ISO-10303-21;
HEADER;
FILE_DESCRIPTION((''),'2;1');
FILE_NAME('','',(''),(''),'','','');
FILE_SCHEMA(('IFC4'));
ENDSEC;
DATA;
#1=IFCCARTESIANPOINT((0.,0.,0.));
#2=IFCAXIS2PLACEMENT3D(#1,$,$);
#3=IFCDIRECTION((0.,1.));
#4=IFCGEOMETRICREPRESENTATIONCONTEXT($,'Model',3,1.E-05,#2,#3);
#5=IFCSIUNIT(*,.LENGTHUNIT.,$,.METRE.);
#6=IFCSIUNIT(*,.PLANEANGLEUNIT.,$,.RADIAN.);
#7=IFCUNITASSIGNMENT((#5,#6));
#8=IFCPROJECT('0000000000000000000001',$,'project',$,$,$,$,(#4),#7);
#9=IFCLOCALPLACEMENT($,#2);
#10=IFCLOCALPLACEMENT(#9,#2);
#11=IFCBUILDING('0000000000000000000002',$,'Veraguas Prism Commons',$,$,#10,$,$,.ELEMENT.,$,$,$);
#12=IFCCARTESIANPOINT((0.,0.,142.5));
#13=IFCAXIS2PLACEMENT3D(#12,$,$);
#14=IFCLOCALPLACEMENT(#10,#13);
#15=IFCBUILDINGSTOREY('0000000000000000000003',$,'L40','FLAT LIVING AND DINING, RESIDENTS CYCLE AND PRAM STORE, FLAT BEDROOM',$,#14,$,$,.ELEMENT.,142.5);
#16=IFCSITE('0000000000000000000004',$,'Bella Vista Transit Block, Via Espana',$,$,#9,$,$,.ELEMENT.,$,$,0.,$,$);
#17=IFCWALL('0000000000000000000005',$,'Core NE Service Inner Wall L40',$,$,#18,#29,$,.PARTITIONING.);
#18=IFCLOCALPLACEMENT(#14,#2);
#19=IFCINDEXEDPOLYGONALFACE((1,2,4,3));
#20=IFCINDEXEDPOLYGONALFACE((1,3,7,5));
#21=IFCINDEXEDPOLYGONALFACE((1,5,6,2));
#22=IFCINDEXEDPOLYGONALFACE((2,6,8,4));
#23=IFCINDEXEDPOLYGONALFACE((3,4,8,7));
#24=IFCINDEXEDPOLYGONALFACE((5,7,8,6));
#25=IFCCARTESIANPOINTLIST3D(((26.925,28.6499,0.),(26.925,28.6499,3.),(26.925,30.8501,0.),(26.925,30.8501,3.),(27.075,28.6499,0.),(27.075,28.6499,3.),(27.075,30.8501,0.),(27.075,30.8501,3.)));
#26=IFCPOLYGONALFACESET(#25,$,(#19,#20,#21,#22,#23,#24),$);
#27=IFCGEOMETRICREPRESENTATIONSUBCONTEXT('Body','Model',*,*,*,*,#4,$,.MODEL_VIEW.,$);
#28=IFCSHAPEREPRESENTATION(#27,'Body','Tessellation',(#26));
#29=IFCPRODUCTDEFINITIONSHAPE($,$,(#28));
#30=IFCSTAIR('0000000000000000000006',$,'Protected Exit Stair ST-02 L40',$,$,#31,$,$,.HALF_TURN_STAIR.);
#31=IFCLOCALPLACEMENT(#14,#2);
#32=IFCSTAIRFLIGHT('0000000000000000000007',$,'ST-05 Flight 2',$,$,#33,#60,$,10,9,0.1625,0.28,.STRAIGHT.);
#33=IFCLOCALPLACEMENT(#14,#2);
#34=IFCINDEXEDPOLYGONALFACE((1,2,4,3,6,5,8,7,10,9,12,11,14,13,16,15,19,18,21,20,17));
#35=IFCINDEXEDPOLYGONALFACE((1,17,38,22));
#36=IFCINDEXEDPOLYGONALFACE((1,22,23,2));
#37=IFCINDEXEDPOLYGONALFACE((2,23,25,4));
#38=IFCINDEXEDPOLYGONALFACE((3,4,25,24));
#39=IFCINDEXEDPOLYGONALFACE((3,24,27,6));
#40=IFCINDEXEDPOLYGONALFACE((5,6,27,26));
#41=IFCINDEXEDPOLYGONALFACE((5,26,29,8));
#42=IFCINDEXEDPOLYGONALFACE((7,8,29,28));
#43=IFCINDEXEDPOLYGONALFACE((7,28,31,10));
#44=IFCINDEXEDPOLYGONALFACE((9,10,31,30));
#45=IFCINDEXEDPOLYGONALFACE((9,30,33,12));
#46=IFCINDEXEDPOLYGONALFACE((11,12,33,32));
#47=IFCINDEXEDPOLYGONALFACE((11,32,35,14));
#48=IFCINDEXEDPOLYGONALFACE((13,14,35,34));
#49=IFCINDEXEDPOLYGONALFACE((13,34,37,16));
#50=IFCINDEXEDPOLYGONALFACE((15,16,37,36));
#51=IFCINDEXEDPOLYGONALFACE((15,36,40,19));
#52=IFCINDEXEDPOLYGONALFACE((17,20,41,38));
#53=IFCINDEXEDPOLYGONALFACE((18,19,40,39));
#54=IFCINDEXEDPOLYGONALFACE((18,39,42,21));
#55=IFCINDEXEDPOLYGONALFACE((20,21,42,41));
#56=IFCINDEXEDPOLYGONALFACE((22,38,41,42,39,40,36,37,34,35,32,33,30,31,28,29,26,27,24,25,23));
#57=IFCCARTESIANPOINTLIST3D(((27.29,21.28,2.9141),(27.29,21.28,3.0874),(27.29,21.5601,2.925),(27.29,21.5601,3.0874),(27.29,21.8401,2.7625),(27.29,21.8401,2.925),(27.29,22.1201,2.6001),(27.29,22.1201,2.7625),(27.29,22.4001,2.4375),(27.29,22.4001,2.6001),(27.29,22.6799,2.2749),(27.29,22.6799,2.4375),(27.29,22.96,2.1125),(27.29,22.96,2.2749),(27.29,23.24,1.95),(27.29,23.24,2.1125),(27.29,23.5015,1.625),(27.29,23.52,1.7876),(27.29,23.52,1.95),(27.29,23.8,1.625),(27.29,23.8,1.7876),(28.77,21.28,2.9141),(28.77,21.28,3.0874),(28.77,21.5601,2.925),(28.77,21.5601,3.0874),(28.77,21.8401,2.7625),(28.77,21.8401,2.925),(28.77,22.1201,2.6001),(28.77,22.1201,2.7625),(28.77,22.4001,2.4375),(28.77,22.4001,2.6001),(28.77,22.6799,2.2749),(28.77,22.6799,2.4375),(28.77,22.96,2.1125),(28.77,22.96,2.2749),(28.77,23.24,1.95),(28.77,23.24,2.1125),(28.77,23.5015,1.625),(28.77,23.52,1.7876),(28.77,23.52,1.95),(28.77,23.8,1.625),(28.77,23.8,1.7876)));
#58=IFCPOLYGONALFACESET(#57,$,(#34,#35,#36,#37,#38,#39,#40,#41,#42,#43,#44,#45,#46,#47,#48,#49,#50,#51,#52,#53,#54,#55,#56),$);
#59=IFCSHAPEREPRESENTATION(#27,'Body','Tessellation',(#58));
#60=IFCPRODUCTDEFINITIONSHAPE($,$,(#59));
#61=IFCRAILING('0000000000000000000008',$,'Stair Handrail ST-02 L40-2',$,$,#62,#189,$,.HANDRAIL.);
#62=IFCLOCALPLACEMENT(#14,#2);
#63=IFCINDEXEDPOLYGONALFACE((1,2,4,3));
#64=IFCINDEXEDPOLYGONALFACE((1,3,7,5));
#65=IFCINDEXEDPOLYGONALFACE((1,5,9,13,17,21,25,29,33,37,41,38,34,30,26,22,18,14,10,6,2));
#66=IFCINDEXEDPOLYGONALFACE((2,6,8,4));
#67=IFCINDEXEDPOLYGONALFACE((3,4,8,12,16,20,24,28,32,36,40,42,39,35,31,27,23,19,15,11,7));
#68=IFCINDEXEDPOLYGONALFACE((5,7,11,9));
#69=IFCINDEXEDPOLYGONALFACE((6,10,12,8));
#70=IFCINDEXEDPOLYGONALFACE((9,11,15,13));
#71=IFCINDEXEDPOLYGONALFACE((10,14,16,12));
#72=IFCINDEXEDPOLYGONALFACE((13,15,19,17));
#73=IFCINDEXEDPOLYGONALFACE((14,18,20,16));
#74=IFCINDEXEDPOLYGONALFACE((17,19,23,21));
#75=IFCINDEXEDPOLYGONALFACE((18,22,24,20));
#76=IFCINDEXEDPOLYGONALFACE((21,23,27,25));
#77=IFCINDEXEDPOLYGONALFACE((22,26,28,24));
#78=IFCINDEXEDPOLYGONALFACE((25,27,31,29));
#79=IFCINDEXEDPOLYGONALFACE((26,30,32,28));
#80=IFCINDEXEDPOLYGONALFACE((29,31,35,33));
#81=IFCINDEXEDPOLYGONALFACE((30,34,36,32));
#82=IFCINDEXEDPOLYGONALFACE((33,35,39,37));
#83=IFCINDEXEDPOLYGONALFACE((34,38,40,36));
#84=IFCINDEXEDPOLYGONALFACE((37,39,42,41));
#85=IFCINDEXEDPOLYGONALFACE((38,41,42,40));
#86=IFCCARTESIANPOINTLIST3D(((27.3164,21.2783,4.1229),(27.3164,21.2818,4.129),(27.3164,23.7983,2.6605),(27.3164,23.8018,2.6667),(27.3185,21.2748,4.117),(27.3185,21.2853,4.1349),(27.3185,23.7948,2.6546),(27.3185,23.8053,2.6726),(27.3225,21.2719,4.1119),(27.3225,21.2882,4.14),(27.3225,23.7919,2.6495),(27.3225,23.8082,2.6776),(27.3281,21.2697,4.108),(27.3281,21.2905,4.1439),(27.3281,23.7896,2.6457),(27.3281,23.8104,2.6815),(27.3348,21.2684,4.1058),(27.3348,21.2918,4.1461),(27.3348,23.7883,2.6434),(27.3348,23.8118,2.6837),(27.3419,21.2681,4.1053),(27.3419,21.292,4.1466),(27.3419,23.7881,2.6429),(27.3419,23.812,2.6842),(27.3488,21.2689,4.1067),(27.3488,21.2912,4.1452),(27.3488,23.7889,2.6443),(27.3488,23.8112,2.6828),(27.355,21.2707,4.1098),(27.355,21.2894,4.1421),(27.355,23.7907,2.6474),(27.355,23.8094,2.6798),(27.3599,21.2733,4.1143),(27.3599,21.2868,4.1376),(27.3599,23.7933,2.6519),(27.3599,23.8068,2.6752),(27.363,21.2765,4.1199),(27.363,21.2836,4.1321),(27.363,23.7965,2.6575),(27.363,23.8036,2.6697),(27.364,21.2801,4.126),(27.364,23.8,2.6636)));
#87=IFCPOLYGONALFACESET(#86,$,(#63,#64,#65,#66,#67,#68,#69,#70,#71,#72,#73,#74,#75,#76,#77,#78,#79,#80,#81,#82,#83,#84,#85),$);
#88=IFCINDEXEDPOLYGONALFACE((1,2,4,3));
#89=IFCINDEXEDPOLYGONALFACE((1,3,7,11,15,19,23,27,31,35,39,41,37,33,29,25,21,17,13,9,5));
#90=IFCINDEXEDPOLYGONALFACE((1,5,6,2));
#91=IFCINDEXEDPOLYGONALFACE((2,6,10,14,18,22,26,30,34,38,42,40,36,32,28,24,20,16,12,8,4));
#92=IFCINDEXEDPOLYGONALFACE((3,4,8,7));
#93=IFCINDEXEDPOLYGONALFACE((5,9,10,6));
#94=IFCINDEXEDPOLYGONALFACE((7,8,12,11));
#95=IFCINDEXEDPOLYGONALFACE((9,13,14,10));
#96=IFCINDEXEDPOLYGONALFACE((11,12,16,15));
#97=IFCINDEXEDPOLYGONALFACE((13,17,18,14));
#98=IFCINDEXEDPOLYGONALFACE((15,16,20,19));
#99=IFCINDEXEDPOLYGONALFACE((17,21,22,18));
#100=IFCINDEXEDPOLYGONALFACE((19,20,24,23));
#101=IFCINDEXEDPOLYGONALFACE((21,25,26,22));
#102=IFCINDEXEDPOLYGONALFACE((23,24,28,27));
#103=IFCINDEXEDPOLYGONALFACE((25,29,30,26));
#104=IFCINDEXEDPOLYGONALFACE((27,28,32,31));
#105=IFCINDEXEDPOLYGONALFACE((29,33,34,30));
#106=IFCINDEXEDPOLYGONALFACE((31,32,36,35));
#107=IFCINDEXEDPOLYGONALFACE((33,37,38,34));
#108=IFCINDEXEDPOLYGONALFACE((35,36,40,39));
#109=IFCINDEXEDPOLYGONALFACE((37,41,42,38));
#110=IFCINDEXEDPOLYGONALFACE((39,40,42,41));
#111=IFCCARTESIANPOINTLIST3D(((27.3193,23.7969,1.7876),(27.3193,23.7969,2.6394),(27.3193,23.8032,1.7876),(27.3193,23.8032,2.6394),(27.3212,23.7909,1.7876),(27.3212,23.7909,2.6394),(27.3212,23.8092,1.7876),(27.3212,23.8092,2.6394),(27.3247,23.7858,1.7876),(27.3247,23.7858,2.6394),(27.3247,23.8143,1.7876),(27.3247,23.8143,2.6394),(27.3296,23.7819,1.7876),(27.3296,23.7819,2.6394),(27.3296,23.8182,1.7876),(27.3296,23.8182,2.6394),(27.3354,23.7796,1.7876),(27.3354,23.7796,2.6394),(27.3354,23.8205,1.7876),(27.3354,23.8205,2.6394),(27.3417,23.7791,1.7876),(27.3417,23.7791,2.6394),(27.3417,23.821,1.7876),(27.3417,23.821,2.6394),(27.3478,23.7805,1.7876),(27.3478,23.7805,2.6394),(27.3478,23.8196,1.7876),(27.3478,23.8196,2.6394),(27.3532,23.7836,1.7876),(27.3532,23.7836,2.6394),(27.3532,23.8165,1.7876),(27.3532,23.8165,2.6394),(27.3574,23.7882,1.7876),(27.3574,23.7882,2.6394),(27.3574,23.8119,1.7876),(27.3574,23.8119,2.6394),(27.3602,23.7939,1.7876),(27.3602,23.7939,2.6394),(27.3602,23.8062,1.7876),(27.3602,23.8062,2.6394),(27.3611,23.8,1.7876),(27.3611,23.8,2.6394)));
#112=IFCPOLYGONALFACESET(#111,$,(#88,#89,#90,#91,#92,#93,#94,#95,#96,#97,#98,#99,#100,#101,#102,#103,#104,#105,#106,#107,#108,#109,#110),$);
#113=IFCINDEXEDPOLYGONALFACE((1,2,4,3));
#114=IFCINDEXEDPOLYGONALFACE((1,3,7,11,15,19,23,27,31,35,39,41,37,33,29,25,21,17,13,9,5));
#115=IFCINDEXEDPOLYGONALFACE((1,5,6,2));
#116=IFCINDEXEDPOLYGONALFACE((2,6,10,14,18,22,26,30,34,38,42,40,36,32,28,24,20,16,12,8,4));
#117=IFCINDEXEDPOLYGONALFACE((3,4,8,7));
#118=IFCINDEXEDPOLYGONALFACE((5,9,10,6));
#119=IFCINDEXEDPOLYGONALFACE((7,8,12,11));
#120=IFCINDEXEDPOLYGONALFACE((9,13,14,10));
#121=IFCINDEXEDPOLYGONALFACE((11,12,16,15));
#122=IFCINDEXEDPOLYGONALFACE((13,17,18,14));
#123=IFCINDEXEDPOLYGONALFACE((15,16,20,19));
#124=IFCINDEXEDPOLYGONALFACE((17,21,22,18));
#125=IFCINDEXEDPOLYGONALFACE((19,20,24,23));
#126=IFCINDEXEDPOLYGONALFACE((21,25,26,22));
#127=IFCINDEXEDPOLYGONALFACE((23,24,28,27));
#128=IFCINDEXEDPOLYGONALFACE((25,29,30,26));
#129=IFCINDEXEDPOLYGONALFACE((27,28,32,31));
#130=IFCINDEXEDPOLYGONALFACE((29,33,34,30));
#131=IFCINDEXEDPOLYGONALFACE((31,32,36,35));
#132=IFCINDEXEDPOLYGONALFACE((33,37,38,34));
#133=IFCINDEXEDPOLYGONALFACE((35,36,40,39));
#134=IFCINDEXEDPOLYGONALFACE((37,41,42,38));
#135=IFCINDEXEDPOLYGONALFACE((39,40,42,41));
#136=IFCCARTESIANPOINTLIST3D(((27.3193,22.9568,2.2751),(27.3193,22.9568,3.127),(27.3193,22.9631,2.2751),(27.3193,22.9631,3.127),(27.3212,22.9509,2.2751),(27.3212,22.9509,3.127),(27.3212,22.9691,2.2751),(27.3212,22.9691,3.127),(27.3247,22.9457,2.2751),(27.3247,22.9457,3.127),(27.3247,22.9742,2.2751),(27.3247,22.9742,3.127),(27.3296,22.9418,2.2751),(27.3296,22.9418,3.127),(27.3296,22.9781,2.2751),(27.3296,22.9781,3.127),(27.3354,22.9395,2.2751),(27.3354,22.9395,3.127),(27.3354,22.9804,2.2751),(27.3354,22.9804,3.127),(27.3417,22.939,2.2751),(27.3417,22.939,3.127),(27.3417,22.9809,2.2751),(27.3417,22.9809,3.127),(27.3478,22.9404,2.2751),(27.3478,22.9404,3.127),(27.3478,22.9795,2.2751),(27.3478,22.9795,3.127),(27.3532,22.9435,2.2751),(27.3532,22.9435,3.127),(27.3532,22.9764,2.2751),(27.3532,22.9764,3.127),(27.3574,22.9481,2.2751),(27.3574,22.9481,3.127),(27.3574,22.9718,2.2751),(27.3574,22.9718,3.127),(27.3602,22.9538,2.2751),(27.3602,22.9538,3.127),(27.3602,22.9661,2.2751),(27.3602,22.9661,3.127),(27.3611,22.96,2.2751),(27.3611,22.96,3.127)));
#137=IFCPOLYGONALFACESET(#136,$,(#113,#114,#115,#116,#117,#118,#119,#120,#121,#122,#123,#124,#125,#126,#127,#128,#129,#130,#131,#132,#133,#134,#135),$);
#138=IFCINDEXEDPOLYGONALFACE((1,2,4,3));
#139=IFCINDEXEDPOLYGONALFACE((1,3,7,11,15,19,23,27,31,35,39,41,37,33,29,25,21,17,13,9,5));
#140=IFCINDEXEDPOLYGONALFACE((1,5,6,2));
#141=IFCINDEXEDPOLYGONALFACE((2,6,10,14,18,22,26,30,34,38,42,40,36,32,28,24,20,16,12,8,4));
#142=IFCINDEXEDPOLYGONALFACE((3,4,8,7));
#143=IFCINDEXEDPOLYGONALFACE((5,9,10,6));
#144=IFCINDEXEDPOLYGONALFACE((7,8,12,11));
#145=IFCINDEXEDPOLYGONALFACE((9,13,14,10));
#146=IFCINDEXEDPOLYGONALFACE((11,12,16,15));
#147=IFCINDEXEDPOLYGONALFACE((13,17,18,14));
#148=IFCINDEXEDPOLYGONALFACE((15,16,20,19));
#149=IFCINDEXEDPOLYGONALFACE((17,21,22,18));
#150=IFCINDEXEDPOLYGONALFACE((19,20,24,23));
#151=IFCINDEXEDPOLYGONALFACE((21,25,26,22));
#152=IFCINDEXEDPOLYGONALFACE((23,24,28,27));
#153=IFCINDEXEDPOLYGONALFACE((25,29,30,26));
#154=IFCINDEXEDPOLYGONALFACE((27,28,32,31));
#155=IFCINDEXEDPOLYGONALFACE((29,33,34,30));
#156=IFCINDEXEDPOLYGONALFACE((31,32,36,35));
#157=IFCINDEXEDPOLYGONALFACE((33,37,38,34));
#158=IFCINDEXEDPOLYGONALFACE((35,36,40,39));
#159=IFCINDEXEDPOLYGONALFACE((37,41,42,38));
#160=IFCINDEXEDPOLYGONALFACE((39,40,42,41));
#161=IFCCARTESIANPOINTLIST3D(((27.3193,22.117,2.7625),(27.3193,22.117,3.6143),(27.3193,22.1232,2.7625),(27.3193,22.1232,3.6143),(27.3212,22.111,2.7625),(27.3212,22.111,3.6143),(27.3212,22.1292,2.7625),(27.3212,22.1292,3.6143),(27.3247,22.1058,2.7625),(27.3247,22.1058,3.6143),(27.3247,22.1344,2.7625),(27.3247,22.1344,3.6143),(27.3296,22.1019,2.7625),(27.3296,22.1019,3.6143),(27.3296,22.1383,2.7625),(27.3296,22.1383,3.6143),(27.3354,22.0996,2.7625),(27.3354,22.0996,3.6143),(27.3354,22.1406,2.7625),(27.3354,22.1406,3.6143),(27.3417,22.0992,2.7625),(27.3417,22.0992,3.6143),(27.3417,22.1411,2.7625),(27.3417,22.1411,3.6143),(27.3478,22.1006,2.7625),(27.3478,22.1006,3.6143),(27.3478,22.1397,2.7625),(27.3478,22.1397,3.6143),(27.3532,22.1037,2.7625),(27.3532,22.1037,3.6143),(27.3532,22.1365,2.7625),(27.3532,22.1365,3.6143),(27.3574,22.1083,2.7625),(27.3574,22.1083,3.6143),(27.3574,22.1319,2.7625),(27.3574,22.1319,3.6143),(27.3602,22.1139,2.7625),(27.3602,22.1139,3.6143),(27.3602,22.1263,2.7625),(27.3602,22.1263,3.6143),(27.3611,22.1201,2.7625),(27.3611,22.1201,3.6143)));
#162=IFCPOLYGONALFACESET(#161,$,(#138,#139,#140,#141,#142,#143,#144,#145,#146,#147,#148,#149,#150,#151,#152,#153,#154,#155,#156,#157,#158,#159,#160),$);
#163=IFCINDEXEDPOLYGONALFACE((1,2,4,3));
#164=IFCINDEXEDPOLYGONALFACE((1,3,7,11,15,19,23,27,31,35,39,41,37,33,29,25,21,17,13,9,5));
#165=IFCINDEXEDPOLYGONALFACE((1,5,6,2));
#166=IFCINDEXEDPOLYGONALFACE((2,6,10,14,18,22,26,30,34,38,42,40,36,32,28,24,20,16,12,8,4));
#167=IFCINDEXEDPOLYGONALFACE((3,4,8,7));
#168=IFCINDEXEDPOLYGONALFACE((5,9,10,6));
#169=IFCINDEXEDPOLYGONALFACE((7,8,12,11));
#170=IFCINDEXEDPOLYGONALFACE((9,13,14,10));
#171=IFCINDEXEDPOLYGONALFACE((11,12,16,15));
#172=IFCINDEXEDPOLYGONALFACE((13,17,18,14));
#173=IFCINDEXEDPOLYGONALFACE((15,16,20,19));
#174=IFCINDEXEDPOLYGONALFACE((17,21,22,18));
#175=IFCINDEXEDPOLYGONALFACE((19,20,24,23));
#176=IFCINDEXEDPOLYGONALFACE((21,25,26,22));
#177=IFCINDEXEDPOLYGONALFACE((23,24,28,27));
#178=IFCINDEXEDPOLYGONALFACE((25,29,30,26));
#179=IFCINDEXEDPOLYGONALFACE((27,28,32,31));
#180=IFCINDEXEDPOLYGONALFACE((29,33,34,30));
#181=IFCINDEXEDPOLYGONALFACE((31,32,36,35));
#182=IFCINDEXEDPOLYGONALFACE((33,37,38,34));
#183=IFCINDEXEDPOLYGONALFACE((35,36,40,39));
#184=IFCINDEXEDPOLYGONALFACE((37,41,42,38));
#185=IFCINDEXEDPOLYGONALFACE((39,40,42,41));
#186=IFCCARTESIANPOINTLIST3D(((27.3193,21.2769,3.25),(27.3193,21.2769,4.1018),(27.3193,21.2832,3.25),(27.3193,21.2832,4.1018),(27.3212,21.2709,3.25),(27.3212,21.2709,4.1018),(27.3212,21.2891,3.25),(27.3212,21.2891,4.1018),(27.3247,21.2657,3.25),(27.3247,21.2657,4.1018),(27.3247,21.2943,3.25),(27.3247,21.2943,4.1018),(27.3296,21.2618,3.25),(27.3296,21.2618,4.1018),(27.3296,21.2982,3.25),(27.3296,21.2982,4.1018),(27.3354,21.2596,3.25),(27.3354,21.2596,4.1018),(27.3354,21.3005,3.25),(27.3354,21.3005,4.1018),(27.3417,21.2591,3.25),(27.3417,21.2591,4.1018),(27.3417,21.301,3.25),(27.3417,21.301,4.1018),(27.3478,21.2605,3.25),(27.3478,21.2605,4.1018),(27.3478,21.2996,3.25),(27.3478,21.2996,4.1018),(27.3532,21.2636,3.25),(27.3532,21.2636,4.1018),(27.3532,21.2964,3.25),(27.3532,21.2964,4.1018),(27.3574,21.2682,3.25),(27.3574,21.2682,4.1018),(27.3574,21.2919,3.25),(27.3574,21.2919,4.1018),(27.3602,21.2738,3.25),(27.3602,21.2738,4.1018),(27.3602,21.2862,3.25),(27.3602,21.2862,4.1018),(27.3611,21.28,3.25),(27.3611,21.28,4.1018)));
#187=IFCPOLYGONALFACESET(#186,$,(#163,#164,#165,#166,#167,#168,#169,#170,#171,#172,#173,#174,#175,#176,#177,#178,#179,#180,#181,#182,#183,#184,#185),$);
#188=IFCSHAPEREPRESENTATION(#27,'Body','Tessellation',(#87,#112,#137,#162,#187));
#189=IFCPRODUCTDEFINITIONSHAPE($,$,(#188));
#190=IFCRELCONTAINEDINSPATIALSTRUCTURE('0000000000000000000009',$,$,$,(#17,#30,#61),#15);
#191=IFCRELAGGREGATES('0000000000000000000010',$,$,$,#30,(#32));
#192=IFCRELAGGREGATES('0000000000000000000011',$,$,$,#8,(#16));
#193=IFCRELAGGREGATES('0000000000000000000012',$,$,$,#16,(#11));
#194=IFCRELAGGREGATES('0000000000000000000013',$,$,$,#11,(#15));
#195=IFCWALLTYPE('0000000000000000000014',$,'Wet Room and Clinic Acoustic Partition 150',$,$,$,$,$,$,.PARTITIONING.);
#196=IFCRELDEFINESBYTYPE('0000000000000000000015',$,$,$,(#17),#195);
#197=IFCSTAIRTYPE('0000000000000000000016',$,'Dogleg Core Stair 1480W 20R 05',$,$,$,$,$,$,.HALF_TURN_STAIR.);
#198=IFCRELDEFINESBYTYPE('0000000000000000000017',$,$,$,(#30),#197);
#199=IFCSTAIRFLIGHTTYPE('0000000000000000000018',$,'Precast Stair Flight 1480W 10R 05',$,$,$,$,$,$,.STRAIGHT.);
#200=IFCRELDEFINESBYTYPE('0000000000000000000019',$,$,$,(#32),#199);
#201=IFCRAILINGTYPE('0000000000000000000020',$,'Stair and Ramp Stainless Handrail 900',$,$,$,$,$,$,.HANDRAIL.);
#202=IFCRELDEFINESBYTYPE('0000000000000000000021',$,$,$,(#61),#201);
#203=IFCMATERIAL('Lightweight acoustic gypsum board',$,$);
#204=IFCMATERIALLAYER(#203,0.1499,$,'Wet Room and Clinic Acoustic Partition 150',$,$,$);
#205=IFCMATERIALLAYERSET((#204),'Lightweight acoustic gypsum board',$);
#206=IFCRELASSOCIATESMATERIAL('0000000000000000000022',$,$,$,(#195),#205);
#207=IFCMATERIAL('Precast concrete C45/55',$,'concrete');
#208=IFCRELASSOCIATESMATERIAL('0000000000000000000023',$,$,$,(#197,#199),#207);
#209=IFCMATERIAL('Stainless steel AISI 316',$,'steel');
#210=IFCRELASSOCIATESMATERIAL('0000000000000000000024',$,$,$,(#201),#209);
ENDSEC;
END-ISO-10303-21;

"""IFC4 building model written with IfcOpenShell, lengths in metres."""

from ifc_helpers import new_model, si_unit, direction, frame, frame_2d, origin, origin_2d, place, context, subcontext, project, spatial, polyline, rectangle, circle, outline, extrude, material, layer, layer_set, type_object, element, aggregate, save


model = new_model("IFC4")

# Units and contexts
model_context = context("Model", 3, precision=1e-05, world=origin(), true_north=direction((0.0, 1.0)))
body_context = subcontext(model_context, "Body", "Model", "MODEL_VIEW")
ifc_project = project(units=[si_unit("LENGTHUNIT", "METRE"), si_unit("PLANEANGLEUNIT", "RADIAN")], contexts=[model_context])

# Site, building, storey
site_placement = place(None, origin())
site = spatial("IfcSite", under=ifc_project, at=site_placement, Name="Bella Vista Transit Block, Via Espana", CompositionType="ELEMENT", RefElevation=0.0)
building_placement = place(site_placement, origin())
building = spatial("IfcBuilding", under=site, at=building_placement, Name="Veraguas Prism Commons", CompositionType="ELEMENT")
storey_placement = place(building_placement, frame((0.0, 0.0, 142.5)))
storey = spatial("IfcBuildingStorey", under=building, at=storey_placement, Name="L40", Description="FLAT LIVING AND DINING, RESIDENTS CYCLE AND PRAM STORE, FLAT BEDROOM", CompositionType="ELEMENT", Elevation=142.5)

# Shared definitions
ifc_material_1 = material(Name="Lightweight acoustic gypsum board")

# Shared definitions
ifc_material_2 = material(Name="Stainless steel AISI 316", Category="steel")

# Wall
ifc_layer_1 = layer(ifc_material_1, 0.1499, Name="Wet Room and Clinic Acoustic Partition 150")
ifc_layer_set_1 = layer_set([ifc_layer_1], Name="Lightweight acoustic gypsum board")
wall_type_1 = type_object("IfcWallType", Name="Wet Room and Clinic Acoustic Partition 150", PredefinedType="PARTITIONING", material=ifc_layer_set_1)
wall_1_placement = place(storey_placement, frame((27.0, 28.6499, 0.0), z_axis=(0.0, 0.0, 1.0), x_axis=(0.0, 1.0, 0.0)))
element("IfcWall", 1, at=wall_1_placement, inside=storey, type_object=wall_type_1, Name="Core NE Service Inner Wall L40", PredefinedType="PARTITIONING", context=body_context, shape_type="SweptSolid", body=[
    extrude(rectangle(XDim=2.2002, YDim=0.1499, at=frame_2d((1.1001, 0.0))), origin(), (0.0, 0.0, 1.0), 3.0),
])

# Stair, stair flight
ifc_material_3 = material(Name="Precast concrete C45/55", Category="concrete")
stair_type = type_object("IfcStairType", Name="Dogleg Core Stair 1480W 20R 05", PredefinedType="HALF_TURN_STAIR", material=ifc_material_3)
stair_placement = place(storey_placement, origin())
stair = element("IfcStair", 2, at=stair_placement, inside=storey, type_object=stair_type, Name="Protected Exit Stair ST-02 L40", PredefinedType="HALF_TURN_STAIR")
stair_flight_type = type_object("IfcStairFlightType", Name="Precast Stair Flight 1480W 10R 05", PredefinedType="STRAIGHT", material=ifc_material_3)
stair_flight_placement = place(storey_placement, frame((28.03, 23.8, 1.625), z_axis=(0.0, 0.0, 1.0), x_axis=(0.0, -1.0, 0.0)))
stair_flight = element("IfcStairFlight", 3, at=stair_flight_placement, type_object=stair_flight_type, Name="ST-05 Flight 2", NumberOfRisers=10, NumberOfTreads=9, PredefinedType="STRAIGHT", RiserHeight=0.1625, TreadLength=0.28, context=body_context, shape_type="SweptSolid", body=[
    extrude(outline(polyline([(0.0, 0.0), (0.0, 0.1626), (0.28, 0.1626), (0.28, 0.325), (0.5601, 0.325), (0.5601, 0.4875), (0.8401, 0.4875), (0.8401, 0.6499), (1.1201, 0.6499), (1.1201, 0.8125), (1.3999, 0.8125), (1.3999, 0.9751), (1.6799, 0.9751), (1.6799, 1.1375), (1.96, 1.1375), (1.96, 1.3), (2.24, 1.3), (2.24, 1.4624), (2.52, 1.4624), (2.52, 1.625), (2.52, 1.2891), (0.2986, 0.0), (0.0, 0.0)])), frame((0.0, 0.74, 0.0), z_axis=(0.0, -1.0, 0.0), x_axis=(1.0, 0.0, 0.0)), (0.0, 0.0, 1.0), 1.48),
])
aggregate(stair, [stair_flight])

# Railing
railing_type_1 = type_object("IfcRailingType", Name="Stair and Ramp Stainless Handrail 900", PredefinedType="HANDRAIL", material=ifc_material_2)
railing_1_placement = place(storey_placement, frame((27.3401, 23.8, 1.7876)))
element("IfcRailing", 4, at=railing_1_placement, inside=storey, type_object=railing_type_1, Name="Stair Handrail ST-02 L40-2", PredefinedType="HANDRAIL", context=body_context, shape_type="SweptSolid", body=[
    extrude(circle(Radius=0.0239, at=origin_2d()), frame((0.0, 0.0, 0.876), z_axis=(0.0, -0.864913, 0.501921), x_axis=(1.0, 0.0, 0.0)), (0.0, 0.0, 1.0), 2.9136),
    extrude(circle(Radius=0.021, at=origin_2d()), origin(), (0.0, 0.0, 1.0), 0.8518),
    extrude(circle(Radius=0.021, at=origin_2d()), frame((0.0, -0.8401, 0.4875)), (0.0, 0.0, 1.0), 0.8518),
    extrude(circle(Radius=0.021, at=origin_2d()), frame((0.0, -1.6799, 0.9749)), (0.0, 0.0, 1.0), 0.8518),
    extrude(circle(Radius=0.021, at=origin_2d()), frame((0.0, -2.52, 1.4624)), (0.0, 0.0, 1.0), 0.8518),
])

save(model, "model.ifc")
